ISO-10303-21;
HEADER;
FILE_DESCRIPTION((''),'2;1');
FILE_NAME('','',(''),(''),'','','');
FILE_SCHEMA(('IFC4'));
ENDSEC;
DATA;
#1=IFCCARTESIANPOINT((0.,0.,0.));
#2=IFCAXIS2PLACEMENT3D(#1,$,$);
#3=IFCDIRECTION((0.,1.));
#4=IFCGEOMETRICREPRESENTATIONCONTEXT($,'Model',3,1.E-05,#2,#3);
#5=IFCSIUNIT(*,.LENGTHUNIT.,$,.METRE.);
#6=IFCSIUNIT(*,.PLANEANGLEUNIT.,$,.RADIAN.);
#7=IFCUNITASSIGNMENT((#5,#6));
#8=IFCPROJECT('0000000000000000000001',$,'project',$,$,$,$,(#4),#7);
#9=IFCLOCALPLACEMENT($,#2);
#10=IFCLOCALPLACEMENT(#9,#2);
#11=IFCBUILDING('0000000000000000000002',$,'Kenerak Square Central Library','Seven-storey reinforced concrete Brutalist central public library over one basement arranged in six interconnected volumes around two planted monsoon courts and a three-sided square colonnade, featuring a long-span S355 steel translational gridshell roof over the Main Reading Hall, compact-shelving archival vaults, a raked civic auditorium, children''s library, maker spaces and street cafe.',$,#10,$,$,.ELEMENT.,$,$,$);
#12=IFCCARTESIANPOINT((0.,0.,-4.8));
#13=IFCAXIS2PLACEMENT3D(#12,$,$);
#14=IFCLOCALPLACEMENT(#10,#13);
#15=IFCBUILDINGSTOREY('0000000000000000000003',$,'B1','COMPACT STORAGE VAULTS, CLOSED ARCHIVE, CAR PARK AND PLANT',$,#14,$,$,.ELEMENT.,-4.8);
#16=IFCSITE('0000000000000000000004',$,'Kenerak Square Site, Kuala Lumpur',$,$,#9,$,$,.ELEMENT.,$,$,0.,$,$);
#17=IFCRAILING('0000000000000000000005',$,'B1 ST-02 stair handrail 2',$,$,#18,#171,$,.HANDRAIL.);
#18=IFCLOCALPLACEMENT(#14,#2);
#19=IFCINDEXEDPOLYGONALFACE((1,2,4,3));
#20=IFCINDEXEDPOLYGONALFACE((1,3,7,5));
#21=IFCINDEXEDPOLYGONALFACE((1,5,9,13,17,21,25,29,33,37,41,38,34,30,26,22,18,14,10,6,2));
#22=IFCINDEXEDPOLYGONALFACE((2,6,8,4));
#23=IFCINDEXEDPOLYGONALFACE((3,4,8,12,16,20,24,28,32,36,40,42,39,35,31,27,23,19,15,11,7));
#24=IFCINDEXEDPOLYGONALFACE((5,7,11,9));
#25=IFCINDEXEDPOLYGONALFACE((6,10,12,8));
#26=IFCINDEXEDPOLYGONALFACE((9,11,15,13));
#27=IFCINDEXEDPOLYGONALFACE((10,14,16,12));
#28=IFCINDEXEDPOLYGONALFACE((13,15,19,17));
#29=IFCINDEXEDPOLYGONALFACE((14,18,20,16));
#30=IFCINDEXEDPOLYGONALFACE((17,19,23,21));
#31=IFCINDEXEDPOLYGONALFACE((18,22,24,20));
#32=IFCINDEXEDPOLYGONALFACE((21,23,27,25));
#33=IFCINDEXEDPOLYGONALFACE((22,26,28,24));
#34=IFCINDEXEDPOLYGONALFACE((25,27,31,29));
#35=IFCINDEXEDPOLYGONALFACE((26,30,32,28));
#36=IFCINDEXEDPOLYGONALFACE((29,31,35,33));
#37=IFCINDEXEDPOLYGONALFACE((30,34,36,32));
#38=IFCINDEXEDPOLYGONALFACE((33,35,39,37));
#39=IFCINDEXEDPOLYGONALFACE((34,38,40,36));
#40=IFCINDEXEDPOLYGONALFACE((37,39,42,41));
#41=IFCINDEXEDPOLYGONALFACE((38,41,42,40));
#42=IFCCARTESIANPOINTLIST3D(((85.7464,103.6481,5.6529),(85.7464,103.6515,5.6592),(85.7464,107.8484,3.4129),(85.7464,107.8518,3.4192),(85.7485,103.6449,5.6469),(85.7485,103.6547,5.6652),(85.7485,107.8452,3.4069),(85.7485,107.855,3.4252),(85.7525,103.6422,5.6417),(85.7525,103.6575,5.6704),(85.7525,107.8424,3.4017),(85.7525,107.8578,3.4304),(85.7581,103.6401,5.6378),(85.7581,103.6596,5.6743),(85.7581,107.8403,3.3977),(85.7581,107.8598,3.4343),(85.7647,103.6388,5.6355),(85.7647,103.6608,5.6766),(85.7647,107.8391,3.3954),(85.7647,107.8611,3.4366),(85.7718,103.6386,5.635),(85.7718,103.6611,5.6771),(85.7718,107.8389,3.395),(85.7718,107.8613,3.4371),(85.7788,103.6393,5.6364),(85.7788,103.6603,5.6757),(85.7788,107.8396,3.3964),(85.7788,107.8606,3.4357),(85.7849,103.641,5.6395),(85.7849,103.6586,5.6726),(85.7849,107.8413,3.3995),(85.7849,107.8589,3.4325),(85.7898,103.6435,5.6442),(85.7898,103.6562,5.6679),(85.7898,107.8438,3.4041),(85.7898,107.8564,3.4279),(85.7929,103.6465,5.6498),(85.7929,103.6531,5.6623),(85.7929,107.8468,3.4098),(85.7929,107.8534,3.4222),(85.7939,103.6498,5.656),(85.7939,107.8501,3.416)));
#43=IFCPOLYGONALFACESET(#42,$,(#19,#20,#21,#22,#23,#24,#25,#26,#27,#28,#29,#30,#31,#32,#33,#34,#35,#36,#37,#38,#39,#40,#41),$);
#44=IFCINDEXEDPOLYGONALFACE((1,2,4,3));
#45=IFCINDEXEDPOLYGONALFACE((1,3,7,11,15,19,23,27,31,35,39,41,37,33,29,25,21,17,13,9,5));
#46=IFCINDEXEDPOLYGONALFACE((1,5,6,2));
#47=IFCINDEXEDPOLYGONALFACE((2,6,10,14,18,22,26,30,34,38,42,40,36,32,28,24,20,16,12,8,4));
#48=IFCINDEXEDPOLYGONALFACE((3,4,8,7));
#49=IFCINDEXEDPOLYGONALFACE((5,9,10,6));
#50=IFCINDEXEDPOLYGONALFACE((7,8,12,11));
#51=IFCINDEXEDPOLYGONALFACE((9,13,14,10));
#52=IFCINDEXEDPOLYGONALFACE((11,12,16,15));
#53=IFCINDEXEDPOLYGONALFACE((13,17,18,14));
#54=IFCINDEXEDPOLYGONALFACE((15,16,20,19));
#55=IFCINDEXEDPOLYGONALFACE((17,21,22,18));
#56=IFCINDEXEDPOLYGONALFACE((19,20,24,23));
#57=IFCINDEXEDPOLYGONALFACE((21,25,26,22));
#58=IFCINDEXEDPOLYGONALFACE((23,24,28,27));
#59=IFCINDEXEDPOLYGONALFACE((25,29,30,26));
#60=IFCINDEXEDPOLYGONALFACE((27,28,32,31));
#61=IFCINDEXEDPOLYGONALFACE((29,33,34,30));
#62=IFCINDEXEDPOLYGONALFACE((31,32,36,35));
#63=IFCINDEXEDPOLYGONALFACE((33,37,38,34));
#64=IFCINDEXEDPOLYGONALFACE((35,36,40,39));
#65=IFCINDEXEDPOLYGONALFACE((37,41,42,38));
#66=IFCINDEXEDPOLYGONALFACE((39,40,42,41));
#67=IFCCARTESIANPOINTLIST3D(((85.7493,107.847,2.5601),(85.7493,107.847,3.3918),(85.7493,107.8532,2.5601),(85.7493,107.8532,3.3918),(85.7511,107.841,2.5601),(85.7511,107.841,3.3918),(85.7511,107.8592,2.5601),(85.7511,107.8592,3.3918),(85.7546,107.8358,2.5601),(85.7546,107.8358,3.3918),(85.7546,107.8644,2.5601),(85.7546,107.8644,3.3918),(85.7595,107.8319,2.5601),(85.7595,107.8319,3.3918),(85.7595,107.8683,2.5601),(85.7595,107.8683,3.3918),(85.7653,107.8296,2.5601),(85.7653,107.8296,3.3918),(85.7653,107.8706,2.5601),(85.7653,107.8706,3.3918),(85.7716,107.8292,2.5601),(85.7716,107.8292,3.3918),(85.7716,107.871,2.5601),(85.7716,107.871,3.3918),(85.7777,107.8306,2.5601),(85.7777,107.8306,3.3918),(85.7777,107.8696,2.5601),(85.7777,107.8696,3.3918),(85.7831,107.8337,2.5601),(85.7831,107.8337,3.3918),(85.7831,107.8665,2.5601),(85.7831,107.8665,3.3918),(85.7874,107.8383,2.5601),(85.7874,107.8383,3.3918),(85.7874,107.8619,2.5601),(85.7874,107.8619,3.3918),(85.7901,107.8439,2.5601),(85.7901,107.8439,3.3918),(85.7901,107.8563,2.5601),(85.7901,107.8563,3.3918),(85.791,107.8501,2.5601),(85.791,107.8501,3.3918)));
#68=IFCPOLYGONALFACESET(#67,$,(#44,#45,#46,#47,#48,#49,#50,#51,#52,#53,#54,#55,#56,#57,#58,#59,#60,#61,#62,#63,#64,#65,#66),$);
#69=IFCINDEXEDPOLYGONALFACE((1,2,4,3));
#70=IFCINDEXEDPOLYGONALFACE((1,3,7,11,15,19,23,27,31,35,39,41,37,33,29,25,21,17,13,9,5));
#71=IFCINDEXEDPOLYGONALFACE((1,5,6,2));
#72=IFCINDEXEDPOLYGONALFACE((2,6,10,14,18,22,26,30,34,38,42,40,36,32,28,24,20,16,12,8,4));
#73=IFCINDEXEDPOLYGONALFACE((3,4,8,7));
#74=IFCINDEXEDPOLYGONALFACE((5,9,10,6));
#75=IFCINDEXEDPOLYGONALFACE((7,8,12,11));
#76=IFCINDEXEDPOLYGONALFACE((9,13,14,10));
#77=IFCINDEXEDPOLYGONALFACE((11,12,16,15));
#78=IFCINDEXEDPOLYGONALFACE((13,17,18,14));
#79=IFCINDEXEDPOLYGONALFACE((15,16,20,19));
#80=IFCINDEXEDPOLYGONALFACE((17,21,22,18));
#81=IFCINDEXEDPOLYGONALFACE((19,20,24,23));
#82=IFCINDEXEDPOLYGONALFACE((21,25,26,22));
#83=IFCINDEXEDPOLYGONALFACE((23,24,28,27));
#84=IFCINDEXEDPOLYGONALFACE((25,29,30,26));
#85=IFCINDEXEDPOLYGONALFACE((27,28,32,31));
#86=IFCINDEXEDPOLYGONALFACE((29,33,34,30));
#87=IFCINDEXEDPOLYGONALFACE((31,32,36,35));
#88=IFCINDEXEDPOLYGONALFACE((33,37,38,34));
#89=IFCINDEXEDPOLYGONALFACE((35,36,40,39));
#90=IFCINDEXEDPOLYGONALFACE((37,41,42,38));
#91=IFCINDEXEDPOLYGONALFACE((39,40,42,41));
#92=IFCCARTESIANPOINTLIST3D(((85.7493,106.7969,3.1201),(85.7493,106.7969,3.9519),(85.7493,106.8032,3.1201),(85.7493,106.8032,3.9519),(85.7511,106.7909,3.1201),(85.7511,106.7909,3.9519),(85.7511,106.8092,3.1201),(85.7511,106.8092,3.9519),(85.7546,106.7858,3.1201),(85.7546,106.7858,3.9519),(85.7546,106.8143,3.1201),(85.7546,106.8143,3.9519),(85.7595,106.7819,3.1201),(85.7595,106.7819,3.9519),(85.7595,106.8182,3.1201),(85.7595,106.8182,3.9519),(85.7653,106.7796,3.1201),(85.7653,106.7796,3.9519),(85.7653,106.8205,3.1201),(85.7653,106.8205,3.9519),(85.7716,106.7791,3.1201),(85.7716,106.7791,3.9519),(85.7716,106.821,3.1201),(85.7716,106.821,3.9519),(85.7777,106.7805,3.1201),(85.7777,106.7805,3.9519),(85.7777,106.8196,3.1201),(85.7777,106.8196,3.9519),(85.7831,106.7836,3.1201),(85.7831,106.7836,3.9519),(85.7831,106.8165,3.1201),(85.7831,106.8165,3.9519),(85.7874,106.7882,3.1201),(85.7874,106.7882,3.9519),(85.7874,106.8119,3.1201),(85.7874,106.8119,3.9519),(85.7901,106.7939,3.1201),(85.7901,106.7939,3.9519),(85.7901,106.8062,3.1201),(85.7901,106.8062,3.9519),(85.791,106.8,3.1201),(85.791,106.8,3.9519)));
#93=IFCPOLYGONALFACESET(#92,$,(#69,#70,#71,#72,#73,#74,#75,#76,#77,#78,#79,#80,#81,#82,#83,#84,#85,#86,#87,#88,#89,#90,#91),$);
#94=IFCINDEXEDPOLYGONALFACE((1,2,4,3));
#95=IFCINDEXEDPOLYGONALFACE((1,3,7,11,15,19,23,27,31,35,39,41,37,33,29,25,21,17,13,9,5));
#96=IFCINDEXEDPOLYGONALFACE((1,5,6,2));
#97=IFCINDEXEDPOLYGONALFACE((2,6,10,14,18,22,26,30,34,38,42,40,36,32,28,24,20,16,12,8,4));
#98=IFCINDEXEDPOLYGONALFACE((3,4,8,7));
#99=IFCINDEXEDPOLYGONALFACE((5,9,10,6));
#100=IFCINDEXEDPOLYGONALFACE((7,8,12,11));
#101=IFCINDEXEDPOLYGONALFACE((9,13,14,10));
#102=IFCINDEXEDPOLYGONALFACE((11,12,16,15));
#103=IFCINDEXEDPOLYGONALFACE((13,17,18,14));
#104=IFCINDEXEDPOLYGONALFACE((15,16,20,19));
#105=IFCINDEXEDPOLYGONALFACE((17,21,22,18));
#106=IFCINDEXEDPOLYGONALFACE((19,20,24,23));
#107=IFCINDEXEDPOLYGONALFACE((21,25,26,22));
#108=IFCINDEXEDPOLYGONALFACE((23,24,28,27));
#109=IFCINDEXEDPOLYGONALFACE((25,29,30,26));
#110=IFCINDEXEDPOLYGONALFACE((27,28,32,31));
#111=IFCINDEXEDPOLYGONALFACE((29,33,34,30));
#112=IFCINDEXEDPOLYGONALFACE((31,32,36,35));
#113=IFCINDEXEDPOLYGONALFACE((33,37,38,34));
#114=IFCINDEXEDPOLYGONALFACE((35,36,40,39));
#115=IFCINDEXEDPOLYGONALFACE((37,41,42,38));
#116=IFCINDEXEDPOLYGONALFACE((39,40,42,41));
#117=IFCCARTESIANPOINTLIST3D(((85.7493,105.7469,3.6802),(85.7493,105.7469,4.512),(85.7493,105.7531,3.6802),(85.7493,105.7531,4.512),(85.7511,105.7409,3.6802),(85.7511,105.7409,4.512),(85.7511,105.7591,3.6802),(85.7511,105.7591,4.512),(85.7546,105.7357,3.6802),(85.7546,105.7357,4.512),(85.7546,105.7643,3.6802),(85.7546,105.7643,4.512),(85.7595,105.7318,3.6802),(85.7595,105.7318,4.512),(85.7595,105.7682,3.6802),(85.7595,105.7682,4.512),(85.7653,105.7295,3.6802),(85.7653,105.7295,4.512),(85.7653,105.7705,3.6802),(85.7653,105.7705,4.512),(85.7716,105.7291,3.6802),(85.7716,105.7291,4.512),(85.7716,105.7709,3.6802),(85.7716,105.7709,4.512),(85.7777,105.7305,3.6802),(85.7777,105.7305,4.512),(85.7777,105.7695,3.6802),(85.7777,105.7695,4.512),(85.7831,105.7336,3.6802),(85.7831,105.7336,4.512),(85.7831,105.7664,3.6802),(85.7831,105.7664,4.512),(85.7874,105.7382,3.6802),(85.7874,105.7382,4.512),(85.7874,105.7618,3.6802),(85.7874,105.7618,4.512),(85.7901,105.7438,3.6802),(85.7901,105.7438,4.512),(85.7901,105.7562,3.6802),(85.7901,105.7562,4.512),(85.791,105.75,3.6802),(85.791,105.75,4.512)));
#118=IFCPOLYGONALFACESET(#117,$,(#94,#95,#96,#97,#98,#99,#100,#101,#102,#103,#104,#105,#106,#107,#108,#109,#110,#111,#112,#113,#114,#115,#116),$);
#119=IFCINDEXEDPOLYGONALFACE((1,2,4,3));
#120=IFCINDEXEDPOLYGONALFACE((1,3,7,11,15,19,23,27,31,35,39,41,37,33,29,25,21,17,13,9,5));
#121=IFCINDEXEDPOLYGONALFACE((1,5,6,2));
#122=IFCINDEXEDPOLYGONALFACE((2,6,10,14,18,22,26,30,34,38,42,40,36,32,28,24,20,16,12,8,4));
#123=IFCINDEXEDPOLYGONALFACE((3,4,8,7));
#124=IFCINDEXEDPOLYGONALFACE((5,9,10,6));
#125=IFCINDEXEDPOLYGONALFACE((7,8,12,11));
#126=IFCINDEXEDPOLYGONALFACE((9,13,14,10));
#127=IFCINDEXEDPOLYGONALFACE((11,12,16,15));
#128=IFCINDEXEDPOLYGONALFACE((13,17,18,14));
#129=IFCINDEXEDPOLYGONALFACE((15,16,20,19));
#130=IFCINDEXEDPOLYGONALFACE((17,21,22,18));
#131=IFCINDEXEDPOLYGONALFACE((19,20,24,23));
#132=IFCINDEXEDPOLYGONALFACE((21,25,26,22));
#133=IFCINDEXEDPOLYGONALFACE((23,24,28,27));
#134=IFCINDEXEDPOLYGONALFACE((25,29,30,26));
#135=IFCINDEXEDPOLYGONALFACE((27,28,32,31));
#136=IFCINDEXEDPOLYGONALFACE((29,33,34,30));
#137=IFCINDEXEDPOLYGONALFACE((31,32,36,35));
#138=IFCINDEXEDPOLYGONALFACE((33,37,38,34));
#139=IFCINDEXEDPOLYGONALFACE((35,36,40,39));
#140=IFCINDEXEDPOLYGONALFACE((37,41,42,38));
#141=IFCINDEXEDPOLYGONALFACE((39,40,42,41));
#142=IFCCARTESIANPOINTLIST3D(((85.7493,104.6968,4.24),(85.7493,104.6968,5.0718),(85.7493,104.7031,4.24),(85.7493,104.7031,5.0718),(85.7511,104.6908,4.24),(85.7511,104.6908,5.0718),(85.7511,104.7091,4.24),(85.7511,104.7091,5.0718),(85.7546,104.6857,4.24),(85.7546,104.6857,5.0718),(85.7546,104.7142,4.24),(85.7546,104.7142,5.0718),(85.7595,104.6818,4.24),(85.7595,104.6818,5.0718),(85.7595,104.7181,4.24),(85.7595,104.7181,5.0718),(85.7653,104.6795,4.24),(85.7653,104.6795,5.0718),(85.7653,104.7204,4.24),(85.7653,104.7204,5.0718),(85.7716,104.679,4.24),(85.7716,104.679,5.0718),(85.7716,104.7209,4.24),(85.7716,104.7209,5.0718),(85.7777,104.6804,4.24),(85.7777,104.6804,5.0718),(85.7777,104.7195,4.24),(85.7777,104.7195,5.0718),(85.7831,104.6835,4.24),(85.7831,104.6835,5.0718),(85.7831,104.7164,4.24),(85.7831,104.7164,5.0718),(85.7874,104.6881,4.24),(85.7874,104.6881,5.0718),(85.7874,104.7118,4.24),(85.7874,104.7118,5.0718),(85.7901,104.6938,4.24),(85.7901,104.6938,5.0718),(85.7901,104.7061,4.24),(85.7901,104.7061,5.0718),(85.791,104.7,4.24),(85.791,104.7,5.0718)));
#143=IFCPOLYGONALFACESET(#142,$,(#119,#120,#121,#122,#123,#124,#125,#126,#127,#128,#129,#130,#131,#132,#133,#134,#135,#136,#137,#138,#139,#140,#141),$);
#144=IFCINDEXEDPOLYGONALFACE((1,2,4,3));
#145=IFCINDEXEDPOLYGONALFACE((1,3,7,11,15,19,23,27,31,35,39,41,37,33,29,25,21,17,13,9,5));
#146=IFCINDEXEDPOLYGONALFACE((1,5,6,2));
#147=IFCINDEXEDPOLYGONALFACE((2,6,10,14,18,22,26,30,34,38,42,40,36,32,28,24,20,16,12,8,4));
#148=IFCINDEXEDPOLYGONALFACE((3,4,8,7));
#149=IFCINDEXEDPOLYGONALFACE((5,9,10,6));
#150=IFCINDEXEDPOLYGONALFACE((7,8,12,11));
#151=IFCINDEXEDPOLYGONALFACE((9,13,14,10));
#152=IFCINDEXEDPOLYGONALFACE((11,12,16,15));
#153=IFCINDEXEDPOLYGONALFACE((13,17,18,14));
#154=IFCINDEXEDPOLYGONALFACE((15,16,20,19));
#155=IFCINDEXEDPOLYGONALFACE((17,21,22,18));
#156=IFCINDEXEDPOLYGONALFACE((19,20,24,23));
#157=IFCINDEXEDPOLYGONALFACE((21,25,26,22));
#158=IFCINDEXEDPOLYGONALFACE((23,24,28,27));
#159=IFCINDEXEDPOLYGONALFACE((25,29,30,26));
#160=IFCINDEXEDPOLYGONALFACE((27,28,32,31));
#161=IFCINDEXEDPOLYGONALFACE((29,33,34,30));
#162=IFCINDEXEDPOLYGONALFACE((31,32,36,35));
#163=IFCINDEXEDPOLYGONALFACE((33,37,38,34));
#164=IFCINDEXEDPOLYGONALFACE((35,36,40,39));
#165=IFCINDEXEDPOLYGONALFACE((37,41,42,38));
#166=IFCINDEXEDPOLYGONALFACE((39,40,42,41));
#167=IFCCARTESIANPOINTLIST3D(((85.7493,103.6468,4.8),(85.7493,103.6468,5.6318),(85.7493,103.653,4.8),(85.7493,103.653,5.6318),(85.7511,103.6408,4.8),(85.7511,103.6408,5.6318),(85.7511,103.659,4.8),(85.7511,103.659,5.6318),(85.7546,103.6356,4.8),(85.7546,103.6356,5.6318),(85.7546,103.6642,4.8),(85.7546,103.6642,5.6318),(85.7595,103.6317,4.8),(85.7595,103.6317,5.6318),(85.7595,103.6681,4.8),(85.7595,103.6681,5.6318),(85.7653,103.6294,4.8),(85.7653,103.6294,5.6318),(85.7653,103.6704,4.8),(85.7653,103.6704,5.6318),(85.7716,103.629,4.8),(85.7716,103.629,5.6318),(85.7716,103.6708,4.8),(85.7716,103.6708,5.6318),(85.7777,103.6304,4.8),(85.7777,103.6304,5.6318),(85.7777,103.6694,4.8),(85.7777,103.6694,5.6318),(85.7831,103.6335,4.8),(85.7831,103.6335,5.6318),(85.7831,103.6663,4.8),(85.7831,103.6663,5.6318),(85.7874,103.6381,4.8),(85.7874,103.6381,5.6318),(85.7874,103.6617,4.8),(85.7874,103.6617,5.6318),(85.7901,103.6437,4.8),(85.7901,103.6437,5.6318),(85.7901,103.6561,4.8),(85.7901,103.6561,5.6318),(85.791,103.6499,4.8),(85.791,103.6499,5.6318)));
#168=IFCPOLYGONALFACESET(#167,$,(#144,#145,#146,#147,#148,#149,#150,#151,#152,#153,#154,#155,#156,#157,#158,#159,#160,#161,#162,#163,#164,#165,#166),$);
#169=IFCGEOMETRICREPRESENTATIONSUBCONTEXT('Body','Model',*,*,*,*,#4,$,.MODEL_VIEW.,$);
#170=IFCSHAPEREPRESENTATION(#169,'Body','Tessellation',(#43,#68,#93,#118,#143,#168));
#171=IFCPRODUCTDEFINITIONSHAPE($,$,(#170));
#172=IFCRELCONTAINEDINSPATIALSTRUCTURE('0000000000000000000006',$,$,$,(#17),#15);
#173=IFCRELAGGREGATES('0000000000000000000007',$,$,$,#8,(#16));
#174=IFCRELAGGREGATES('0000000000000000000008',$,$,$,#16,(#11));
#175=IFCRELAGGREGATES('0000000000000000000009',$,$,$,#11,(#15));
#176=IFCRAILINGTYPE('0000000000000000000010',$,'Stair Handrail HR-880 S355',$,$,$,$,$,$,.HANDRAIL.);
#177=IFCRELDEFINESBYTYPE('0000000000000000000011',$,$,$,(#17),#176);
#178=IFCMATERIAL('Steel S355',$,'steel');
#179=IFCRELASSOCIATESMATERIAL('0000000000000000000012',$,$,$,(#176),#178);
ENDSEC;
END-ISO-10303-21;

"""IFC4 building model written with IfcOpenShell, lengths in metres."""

from ifc_helpers import new_model, si_unit, direction, frame, origin, origin_2d, place, context, subcontext, project, spatial, circle, extrude, material, type_object, element, save


model = new_model("IFC4")

# Units and contexts
model_context = context("Model", 3, precision=1e-05, world=origin(), true_north=direction((0.0, 1.0)))
body_context = subcontext(model_context, "Body", "Model", "MODEL_VIEW")
ifc_project = project(units=[si_unit("LENGTHUNIT", "METRE"), si_unit("PLANEANGLEUNIT", "RADIAN")], contexts=[model_context])

# Site, building, storey
site_placement = place(None, origin())
site = spatial("IfcSite", under=ifc_project, at=site_placement, Name="Kenerak Square Site, Kuala Lumpur", CompositionType="ELEMENT", RefElevation=0.0)
building_placement = place(site_placement, origin())
building = spatial("IfcBuilding", under=site, at=building_placement, Name="Kenerak Square Central Library", Description="Seven-storey reinforced concrete Brutalist central public library over one basement arranged in six interconnected volumes around two planted monsoon courts and a three-sided square colonnade, featuring a long-span S355 steel translational gridshell roof over the Main Reading Hall, compact-shelving archival vaults, a raked civic auditorium, children's library, maker spaces and street cafe.", CompositionType="ELEMENT")
storey_placement = place(building_placement, frame((0.0, 0.0, -4.8)))
storey = spatial("IfcBuildingStorey", under=building, at=storey_placement, Name="B1", Description="COMPACT STORAGE VAULTS, CLOSED ARCHIVE, CAR PARK AND PLANT", CompositionType="ELEMENT", Elevation=-4.8)

# Railing
ifc_material_1 = material(Name="Steel S355", Category="steel")
railing_type_1 = type_object("IfcRailingType", Name="Stair Handrail HR-880 S355", PredefinedType="HANDRAIL", material=ifc_material_1)
railing_1_placement = place(storey_placement, frame((85.77, 107.8501, 2.5601)))
element("IfcRailing", 1, at=railing_1_placement, inside=storey, type_object=railing_type_1, Name="B1 ST-02 stair handrail 2", PredefinedType="HANDRAIL", context=body_context, shape_type="SweptSolid", body=[
    extrude(circle(Radius=0.0239, at=origin_2d()), frame((0.0, 0.0, 0.856), z_axis=(0.0, -0.882363, 0.47057), x_axis=(1.0, 0.0, 0.0)), (0.0, 0.0, 1.0), 4.7603),
    extrude(circle(Radius=0.021, at=origin_2d()), origin(), (0.0, 0.0, 1.0), 0.8318),
    extrude(circle(Radius=0.021, at=origin_2d()), frame((0.0, -1.05, 0.5601)), (0.0, 0.0, 1.0), 0.8318),
    extrude(circle(Radius=0.021, at=origin_2d()), frame((0.0, -2.1001, 1.1201)), (0.0, 0.0, 1.0), 0.8318),
    extrude(circle(Radius=0.021, at=origin_2d()), frame((0.0, -3.1501, 1.6799)), (0.0, 0.0, 1.0), 0.8318),
    extrude(circle(Radius=0.021, at=origin_2d()), frame((0.0, -4.2002, 2.24)), (0.0, 0.0, 1.0), 0.8318),
])

save(model, "model.ifc")
